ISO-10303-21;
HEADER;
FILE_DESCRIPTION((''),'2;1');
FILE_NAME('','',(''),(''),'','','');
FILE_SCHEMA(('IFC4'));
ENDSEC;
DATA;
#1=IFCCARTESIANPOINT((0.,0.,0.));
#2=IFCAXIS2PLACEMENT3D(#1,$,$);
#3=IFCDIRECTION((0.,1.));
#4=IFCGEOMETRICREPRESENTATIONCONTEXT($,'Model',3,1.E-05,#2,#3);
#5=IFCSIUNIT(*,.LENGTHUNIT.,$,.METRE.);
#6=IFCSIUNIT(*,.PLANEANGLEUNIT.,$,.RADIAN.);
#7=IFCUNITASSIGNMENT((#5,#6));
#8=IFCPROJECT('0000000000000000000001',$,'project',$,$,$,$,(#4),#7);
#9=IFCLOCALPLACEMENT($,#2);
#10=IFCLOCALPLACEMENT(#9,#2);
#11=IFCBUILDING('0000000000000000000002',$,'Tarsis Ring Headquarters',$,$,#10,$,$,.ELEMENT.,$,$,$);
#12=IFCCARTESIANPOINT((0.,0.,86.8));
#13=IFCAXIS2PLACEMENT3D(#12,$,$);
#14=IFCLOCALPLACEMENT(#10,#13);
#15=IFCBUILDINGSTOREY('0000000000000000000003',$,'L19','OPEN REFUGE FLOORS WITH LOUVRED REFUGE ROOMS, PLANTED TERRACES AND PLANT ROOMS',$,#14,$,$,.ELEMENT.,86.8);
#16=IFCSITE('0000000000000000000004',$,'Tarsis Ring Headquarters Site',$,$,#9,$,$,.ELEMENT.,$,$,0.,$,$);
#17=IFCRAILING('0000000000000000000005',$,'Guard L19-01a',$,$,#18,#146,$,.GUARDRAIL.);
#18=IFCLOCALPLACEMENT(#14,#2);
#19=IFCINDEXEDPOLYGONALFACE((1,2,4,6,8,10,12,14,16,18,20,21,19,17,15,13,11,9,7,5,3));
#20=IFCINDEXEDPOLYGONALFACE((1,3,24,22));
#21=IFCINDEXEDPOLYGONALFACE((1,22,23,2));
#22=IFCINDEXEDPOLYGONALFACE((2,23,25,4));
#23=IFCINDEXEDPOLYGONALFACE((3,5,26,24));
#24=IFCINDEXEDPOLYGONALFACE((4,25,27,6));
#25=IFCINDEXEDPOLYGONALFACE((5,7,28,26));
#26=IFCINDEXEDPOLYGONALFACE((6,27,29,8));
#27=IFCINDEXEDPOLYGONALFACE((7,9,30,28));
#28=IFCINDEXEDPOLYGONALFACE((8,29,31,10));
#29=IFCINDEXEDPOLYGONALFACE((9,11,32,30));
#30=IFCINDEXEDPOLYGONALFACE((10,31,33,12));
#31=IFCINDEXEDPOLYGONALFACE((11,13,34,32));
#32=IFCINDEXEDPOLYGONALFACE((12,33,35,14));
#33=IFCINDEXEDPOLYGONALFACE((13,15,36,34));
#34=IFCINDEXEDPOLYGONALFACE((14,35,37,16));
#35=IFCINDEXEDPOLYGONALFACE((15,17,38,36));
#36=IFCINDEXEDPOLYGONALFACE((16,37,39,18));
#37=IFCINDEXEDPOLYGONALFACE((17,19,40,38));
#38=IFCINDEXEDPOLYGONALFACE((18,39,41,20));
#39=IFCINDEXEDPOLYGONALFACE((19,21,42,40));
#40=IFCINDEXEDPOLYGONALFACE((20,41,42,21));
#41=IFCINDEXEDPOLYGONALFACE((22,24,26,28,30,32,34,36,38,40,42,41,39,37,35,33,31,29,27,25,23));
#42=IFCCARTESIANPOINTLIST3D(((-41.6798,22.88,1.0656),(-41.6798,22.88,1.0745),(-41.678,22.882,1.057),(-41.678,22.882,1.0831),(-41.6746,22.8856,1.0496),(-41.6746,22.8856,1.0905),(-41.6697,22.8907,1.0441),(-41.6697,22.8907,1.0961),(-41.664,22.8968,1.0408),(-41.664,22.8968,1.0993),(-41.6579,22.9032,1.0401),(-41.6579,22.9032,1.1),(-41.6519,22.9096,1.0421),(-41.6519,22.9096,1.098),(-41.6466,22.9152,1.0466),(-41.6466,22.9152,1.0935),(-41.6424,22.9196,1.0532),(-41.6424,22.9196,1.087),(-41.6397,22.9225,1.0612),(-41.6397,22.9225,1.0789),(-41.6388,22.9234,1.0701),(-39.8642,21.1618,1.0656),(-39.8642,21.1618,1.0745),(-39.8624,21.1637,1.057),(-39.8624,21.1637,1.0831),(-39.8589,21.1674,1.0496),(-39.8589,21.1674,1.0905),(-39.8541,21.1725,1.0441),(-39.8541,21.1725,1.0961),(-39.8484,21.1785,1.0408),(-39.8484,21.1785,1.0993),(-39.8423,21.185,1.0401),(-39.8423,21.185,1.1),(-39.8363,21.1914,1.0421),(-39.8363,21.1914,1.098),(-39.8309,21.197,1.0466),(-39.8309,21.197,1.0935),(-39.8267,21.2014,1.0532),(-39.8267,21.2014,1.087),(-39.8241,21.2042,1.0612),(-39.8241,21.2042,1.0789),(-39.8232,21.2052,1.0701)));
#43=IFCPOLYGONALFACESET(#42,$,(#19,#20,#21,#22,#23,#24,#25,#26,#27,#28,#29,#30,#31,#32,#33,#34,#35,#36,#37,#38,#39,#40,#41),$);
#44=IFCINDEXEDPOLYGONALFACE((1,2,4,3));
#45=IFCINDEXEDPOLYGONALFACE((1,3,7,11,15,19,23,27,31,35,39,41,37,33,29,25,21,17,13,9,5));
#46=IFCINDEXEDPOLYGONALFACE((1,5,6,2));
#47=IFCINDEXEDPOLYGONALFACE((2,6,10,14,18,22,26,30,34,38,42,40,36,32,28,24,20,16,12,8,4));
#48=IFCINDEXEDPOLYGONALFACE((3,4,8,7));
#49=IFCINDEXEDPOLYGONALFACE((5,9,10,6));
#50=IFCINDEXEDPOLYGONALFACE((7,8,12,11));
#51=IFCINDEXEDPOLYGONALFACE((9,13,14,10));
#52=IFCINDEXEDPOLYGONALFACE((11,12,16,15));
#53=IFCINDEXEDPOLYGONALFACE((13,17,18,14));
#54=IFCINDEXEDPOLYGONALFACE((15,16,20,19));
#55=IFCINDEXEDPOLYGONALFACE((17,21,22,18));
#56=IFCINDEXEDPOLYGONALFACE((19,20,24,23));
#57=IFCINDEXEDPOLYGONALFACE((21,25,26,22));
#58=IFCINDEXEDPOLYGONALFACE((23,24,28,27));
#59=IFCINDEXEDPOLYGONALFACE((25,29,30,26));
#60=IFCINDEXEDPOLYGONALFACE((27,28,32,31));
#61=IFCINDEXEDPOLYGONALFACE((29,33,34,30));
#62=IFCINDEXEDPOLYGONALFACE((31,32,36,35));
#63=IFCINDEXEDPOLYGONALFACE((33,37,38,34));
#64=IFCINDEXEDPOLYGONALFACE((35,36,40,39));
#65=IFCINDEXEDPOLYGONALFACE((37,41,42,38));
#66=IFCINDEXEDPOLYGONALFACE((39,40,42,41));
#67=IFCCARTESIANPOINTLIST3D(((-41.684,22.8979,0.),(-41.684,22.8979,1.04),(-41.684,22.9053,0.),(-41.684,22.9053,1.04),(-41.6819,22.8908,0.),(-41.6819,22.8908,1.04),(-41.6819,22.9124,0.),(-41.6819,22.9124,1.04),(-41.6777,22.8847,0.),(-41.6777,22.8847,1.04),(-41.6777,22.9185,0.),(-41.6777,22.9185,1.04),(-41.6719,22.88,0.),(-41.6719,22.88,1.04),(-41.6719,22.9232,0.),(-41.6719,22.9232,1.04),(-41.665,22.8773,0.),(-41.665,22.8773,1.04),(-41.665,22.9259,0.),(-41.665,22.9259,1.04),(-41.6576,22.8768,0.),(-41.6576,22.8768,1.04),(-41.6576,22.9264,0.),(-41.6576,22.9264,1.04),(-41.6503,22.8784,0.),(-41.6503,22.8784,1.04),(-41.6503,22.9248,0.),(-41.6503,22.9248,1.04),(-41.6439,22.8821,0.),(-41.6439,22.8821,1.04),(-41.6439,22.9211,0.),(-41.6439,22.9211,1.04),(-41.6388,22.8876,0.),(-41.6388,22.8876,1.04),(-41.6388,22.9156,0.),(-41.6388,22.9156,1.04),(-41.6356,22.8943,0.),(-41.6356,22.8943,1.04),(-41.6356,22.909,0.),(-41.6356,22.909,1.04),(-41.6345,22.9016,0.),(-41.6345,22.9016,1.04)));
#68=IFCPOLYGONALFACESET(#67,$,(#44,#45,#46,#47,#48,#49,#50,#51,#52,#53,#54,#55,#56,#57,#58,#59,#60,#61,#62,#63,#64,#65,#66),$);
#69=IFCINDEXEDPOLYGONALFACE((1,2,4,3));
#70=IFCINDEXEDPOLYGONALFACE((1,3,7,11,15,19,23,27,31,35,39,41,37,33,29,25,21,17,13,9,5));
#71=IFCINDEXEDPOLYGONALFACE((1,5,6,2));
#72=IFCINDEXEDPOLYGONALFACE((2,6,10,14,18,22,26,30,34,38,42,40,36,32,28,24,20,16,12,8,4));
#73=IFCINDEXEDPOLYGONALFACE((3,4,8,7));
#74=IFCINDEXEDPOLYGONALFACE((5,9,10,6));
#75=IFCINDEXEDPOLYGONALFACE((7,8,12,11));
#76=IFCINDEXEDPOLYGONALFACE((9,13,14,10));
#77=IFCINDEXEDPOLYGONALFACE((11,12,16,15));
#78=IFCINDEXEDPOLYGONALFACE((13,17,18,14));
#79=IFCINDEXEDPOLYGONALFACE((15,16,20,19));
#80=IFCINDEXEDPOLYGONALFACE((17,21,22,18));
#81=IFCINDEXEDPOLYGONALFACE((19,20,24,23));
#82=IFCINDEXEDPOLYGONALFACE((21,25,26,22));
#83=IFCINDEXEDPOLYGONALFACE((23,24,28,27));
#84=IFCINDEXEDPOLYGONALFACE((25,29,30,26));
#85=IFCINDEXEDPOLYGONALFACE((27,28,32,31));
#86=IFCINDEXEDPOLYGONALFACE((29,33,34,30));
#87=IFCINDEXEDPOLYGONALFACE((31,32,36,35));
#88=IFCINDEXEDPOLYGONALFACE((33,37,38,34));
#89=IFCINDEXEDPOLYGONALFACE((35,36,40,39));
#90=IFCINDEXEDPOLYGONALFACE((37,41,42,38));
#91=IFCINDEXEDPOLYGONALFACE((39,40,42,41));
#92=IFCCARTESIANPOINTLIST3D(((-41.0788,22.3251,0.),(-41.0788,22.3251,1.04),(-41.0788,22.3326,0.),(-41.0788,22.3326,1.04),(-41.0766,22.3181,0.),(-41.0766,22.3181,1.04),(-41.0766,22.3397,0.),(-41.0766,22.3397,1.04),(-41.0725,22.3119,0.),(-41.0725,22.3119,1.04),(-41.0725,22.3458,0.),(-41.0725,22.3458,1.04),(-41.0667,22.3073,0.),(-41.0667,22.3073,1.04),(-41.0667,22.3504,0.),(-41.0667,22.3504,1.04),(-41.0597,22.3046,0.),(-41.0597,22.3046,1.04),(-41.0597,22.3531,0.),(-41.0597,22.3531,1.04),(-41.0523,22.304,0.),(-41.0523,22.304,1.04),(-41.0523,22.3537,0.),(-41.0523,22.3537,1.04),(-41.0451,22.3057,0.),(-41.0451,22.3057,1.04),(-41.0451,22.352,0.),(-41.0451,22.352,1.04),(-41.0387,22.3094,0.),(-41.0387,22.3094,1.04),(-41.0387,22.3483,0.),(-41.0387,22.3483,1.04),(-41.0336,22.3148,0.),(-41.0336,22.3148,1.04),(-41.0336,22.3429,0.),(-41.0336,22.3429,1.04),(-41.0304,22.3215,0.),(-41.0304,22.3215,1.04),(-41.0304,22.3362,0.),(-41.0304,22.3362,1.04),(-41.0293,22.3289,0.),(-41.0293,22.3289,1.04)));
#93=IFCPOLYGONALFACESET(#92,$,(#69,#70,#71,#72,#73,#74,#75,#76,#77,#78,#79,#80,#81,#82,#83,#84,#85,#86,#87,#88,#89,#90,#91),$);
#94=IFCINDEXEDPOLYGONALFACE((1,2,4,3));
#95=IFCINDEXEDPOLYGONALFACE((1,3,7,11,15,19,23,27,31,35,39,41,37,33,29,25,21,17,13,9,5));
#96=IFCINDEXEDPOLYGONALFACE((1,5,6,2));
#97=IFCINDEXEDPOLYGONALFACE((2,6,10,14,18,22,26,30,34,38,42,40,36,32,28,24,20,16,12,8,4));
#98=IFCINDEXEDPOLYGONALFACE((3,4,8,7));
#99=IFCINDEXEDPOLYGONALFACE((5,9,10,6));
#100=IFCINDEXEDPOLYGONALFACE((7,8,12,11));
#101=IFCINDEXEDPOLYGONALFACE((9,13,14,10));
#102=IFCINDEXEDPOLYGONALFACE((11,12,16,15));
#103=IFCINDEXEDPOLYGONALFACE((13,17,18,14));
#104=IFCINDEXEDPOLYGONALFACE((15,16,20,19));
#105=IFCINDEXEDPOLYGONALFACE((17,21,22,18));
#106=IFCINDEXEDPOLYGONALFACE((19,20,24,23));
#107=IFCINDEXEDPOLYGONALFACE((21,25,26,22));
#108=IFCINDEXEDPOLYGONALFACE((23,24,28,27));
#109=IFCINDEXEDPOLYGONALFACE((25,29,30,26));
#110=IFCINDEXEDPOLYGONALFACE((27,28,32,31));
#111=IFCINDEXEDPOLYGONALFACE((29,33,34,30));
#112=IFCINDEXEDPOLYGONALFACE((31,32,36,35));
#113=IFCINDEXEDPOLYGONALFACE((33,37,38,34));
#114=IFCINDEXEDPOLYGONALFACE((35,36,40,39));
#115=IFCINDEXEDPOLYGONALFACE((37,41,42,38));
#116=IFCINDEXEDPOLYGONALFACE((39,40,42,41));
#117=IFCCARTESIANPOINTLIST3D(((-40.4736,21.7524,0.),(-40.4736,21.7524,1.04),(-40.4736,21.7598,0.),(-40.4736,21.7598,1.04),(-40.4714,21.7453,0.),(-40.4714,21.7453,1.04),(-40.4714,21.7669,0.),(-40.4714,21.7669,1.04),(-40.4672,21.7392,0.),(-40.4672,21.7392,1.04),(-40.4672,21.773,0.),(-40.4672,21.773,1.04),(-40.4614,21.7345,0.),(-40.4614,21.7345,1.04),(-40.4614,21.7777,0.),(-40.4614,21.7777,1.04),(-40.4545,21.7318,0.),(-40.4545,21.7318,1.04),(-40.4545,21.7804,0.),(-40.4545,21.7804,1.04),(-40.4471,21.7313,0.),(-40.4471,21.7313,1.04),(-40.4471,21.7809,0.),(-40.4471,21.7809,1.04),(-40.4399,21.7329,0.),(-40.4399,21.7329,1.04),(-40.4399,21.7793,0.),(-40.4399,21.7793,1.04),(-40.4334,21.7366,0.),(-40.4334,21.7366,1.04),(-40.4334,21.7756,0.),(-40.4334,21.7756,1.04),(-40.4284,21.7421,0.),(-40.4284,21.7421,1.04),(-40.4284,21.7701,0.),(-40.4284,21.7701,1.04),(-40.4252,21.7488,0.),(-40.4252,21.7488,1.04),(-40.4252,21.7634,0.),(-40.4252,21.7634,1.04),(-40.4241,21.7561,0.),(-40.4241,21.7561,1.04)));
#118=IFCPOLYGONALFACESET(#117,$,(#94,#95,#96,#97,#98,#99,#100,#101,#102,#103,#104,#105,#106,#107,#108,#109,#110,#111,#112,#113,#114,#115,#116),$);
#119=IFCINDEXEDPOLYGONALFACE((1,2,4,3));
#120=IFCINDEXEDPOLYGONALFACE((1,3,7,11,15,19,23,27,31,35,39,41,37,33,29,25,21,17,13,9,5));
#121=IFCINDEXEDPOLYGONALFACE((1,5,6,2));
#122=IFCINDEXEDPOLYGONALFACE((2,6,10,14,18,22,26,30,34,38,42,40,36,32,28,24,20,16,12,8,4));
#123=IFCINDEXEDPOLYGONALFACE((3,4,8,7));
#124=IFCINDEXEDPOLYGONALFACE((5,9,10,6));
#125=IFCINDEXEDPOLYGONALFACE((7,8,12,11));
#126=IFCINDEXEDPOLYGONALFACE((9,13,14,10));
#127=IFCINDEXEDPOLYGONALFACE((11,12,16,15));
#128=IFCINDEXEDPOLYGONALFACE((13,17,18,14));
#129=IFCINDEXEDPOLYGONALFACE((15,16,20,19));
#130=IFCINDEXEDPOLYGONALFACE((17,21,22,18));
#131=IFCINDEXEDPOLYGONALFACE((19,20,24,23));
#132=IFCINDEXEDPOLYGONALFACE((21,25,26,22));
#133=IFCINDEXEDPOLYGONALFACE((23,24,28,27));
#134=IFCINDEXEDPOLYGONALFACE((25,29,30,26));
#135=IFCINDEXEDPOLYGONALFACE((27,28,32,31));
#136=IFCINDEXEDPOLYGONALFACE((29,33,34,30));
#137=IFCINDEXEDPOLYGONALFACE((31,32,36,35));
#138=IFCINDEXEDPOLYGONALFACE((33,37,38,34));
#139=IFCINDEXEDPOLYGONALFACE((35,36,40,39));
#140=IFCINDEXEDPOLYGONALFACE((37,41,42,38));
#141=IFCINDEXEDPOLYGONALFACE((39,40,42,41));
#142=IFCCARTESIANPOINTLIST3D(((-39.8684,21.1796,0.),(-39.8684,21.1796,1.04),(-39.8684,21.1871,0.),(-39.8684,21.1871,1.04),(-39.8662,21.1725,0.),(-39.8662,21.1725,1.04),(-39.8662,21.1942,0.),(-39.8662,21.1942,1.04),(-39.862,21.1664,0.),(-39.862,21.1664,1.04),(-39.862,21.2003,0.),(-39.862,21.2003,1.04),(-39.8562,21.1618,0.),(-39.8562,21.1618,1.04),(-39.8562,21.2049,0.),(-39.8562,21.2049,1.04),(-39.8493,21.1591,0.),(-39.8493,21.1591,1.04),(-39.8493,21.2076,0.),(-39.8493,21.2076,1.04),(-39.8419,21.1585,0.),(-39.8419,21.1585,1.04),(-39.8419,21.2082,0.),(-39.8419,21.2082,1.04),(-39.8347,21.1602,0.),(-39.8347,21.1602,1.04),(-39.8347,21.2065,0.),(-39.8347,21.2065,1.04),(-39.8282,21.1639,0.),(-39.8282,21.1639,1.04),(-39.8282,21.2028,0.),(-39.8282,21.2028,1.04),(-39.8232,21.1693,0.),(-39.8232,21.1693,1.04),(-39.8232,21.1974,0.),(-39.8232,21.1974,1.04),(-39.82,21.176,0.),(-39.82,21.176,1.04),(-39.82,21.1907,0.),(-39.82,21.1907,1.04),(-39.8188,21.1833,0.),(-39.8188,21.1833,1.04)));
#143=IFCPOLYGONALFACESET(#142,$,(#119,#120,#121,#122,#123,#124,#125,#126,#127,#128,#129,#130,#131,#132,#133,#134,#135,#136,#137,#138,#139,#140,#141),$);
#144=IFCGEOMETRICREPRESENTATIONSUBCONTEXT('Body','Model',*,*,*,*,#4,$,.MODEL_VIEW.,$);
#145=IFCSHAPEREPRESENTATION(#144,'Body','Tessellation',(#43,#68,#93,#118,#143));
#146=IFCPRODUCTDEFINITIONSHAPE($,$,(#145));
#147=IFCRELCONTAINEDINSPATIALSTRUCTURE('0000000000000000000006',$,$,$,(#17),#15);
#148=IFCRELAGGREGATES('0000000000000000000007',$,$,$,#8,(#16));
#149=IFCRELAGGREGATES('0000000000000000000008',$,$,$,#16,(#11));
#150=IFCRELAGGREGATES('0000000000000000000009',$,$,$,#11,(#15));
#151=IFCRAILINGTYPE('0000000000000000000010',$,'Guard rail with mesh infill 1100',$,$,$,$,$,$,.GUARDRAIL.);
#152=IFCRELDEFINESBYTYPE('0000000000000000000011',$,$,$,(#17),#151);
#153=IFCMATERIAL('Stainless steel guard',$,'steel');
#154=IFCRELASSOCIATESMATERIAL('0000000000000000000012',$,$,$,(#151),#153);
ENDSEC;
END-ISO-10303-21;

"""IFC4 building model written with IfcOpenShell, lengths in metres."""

from ifc_helpers import new_model, si_unit, direction, frame, origin, origin_2d, place, context, subcontext, project, spatial, circle, extrude, material, type_object, element, save


model = new_model("IFC4")

# Units and contexts
model_context = context("Model", 3, precision=1e-05, world=origin(), true_north=direction((0.0, 1.0)))
body_context = subcontext(model_context, "Body", "Model", "MODEL_VIEW")
ifc_project = project(units=[si_unit("LENGTHUNIT", "METRE"), si_unit("PLANEANGLEUNIT", "RADIAN")], contexts=[model_context])

# Site, building, storey
site_placement = place(None, origin())
site = spatial("IfcSite", under=ifc_project, at=site_placement, Name="Tarsis Ring Headquarters Site", CompositionType="ELEMENT", RefElevation=0.0)
building_placement = place(site_placement, origin())
building = spatial("IfcBuilding", under=site, at=building_placement, Name="Tarsis Ring Headquarters", CompositionType="ELEMENT")
storey_placement = place(building_placement, frame((0.0, 0.0, 86.8)))
storey = spatial("IfcBuildingStorey", under=building, at=storey_placement, Name="L19", Description="OPEN REFUGE FLOORS WITH LOUVRED REFUGE ROOMS, PLANTED TERRACES AND PLANT ROOMS", CompositionType="ELEMENT", Elevation=86.8)

# Railing
ifc_material_1 = material(Name="Stainless steel guard", Category="steel")
railing_type_1 = type_object("IfcRailingType", Name="Guard rail with mesh infill 1100", PredefinedType="GUARDRAIL", material=ifc_material_1)
railing_1_placement = place(storey_placement, frame((-41.6594, 22.9016, 0.0)))
element("IfcRailing", 1, at=railing_1_placement, inside=storey, type_object=railing_type_1, Name="Guard L19-01a", PredefinedType="GUARDRAIL", context=body_context, shape_type="SweptSolid", body=[
    extrude(circle(Radius=0.03, at=origin_2d()), frame((0.0, 0.0, 1.0701), z_axis=(0.726322, -0.687354, 0.0), x_axis=(0.687354, 0.726322, 0.0)), (0.0, 0.0, 1.0), 2.4998),
    extrude(circle(Radius=0.0249, at=origin_2d()), origin(), (0.0, 0.0, 1.0), 1.04),
    extrude(circle(Radius=0.0249, at=origin_2d()), frame((0.6052, -0.5728, 0.0)), (0.0, 0.0, 1.0), 1.04),
    extrude(circle(Radius=0.0249, at=origin_2d()), frame((1.2104, -1.1455, 0.0)), (0.0, 0.0, 1.0), 1.04),
    extrude(circle(Radius=0.0249, at=origin_2d()), frame((1.8157, -1.7183, 0.0)), (0.0, 0.0, 1.0), 1.04),
])

save(model, "model.ifc")
